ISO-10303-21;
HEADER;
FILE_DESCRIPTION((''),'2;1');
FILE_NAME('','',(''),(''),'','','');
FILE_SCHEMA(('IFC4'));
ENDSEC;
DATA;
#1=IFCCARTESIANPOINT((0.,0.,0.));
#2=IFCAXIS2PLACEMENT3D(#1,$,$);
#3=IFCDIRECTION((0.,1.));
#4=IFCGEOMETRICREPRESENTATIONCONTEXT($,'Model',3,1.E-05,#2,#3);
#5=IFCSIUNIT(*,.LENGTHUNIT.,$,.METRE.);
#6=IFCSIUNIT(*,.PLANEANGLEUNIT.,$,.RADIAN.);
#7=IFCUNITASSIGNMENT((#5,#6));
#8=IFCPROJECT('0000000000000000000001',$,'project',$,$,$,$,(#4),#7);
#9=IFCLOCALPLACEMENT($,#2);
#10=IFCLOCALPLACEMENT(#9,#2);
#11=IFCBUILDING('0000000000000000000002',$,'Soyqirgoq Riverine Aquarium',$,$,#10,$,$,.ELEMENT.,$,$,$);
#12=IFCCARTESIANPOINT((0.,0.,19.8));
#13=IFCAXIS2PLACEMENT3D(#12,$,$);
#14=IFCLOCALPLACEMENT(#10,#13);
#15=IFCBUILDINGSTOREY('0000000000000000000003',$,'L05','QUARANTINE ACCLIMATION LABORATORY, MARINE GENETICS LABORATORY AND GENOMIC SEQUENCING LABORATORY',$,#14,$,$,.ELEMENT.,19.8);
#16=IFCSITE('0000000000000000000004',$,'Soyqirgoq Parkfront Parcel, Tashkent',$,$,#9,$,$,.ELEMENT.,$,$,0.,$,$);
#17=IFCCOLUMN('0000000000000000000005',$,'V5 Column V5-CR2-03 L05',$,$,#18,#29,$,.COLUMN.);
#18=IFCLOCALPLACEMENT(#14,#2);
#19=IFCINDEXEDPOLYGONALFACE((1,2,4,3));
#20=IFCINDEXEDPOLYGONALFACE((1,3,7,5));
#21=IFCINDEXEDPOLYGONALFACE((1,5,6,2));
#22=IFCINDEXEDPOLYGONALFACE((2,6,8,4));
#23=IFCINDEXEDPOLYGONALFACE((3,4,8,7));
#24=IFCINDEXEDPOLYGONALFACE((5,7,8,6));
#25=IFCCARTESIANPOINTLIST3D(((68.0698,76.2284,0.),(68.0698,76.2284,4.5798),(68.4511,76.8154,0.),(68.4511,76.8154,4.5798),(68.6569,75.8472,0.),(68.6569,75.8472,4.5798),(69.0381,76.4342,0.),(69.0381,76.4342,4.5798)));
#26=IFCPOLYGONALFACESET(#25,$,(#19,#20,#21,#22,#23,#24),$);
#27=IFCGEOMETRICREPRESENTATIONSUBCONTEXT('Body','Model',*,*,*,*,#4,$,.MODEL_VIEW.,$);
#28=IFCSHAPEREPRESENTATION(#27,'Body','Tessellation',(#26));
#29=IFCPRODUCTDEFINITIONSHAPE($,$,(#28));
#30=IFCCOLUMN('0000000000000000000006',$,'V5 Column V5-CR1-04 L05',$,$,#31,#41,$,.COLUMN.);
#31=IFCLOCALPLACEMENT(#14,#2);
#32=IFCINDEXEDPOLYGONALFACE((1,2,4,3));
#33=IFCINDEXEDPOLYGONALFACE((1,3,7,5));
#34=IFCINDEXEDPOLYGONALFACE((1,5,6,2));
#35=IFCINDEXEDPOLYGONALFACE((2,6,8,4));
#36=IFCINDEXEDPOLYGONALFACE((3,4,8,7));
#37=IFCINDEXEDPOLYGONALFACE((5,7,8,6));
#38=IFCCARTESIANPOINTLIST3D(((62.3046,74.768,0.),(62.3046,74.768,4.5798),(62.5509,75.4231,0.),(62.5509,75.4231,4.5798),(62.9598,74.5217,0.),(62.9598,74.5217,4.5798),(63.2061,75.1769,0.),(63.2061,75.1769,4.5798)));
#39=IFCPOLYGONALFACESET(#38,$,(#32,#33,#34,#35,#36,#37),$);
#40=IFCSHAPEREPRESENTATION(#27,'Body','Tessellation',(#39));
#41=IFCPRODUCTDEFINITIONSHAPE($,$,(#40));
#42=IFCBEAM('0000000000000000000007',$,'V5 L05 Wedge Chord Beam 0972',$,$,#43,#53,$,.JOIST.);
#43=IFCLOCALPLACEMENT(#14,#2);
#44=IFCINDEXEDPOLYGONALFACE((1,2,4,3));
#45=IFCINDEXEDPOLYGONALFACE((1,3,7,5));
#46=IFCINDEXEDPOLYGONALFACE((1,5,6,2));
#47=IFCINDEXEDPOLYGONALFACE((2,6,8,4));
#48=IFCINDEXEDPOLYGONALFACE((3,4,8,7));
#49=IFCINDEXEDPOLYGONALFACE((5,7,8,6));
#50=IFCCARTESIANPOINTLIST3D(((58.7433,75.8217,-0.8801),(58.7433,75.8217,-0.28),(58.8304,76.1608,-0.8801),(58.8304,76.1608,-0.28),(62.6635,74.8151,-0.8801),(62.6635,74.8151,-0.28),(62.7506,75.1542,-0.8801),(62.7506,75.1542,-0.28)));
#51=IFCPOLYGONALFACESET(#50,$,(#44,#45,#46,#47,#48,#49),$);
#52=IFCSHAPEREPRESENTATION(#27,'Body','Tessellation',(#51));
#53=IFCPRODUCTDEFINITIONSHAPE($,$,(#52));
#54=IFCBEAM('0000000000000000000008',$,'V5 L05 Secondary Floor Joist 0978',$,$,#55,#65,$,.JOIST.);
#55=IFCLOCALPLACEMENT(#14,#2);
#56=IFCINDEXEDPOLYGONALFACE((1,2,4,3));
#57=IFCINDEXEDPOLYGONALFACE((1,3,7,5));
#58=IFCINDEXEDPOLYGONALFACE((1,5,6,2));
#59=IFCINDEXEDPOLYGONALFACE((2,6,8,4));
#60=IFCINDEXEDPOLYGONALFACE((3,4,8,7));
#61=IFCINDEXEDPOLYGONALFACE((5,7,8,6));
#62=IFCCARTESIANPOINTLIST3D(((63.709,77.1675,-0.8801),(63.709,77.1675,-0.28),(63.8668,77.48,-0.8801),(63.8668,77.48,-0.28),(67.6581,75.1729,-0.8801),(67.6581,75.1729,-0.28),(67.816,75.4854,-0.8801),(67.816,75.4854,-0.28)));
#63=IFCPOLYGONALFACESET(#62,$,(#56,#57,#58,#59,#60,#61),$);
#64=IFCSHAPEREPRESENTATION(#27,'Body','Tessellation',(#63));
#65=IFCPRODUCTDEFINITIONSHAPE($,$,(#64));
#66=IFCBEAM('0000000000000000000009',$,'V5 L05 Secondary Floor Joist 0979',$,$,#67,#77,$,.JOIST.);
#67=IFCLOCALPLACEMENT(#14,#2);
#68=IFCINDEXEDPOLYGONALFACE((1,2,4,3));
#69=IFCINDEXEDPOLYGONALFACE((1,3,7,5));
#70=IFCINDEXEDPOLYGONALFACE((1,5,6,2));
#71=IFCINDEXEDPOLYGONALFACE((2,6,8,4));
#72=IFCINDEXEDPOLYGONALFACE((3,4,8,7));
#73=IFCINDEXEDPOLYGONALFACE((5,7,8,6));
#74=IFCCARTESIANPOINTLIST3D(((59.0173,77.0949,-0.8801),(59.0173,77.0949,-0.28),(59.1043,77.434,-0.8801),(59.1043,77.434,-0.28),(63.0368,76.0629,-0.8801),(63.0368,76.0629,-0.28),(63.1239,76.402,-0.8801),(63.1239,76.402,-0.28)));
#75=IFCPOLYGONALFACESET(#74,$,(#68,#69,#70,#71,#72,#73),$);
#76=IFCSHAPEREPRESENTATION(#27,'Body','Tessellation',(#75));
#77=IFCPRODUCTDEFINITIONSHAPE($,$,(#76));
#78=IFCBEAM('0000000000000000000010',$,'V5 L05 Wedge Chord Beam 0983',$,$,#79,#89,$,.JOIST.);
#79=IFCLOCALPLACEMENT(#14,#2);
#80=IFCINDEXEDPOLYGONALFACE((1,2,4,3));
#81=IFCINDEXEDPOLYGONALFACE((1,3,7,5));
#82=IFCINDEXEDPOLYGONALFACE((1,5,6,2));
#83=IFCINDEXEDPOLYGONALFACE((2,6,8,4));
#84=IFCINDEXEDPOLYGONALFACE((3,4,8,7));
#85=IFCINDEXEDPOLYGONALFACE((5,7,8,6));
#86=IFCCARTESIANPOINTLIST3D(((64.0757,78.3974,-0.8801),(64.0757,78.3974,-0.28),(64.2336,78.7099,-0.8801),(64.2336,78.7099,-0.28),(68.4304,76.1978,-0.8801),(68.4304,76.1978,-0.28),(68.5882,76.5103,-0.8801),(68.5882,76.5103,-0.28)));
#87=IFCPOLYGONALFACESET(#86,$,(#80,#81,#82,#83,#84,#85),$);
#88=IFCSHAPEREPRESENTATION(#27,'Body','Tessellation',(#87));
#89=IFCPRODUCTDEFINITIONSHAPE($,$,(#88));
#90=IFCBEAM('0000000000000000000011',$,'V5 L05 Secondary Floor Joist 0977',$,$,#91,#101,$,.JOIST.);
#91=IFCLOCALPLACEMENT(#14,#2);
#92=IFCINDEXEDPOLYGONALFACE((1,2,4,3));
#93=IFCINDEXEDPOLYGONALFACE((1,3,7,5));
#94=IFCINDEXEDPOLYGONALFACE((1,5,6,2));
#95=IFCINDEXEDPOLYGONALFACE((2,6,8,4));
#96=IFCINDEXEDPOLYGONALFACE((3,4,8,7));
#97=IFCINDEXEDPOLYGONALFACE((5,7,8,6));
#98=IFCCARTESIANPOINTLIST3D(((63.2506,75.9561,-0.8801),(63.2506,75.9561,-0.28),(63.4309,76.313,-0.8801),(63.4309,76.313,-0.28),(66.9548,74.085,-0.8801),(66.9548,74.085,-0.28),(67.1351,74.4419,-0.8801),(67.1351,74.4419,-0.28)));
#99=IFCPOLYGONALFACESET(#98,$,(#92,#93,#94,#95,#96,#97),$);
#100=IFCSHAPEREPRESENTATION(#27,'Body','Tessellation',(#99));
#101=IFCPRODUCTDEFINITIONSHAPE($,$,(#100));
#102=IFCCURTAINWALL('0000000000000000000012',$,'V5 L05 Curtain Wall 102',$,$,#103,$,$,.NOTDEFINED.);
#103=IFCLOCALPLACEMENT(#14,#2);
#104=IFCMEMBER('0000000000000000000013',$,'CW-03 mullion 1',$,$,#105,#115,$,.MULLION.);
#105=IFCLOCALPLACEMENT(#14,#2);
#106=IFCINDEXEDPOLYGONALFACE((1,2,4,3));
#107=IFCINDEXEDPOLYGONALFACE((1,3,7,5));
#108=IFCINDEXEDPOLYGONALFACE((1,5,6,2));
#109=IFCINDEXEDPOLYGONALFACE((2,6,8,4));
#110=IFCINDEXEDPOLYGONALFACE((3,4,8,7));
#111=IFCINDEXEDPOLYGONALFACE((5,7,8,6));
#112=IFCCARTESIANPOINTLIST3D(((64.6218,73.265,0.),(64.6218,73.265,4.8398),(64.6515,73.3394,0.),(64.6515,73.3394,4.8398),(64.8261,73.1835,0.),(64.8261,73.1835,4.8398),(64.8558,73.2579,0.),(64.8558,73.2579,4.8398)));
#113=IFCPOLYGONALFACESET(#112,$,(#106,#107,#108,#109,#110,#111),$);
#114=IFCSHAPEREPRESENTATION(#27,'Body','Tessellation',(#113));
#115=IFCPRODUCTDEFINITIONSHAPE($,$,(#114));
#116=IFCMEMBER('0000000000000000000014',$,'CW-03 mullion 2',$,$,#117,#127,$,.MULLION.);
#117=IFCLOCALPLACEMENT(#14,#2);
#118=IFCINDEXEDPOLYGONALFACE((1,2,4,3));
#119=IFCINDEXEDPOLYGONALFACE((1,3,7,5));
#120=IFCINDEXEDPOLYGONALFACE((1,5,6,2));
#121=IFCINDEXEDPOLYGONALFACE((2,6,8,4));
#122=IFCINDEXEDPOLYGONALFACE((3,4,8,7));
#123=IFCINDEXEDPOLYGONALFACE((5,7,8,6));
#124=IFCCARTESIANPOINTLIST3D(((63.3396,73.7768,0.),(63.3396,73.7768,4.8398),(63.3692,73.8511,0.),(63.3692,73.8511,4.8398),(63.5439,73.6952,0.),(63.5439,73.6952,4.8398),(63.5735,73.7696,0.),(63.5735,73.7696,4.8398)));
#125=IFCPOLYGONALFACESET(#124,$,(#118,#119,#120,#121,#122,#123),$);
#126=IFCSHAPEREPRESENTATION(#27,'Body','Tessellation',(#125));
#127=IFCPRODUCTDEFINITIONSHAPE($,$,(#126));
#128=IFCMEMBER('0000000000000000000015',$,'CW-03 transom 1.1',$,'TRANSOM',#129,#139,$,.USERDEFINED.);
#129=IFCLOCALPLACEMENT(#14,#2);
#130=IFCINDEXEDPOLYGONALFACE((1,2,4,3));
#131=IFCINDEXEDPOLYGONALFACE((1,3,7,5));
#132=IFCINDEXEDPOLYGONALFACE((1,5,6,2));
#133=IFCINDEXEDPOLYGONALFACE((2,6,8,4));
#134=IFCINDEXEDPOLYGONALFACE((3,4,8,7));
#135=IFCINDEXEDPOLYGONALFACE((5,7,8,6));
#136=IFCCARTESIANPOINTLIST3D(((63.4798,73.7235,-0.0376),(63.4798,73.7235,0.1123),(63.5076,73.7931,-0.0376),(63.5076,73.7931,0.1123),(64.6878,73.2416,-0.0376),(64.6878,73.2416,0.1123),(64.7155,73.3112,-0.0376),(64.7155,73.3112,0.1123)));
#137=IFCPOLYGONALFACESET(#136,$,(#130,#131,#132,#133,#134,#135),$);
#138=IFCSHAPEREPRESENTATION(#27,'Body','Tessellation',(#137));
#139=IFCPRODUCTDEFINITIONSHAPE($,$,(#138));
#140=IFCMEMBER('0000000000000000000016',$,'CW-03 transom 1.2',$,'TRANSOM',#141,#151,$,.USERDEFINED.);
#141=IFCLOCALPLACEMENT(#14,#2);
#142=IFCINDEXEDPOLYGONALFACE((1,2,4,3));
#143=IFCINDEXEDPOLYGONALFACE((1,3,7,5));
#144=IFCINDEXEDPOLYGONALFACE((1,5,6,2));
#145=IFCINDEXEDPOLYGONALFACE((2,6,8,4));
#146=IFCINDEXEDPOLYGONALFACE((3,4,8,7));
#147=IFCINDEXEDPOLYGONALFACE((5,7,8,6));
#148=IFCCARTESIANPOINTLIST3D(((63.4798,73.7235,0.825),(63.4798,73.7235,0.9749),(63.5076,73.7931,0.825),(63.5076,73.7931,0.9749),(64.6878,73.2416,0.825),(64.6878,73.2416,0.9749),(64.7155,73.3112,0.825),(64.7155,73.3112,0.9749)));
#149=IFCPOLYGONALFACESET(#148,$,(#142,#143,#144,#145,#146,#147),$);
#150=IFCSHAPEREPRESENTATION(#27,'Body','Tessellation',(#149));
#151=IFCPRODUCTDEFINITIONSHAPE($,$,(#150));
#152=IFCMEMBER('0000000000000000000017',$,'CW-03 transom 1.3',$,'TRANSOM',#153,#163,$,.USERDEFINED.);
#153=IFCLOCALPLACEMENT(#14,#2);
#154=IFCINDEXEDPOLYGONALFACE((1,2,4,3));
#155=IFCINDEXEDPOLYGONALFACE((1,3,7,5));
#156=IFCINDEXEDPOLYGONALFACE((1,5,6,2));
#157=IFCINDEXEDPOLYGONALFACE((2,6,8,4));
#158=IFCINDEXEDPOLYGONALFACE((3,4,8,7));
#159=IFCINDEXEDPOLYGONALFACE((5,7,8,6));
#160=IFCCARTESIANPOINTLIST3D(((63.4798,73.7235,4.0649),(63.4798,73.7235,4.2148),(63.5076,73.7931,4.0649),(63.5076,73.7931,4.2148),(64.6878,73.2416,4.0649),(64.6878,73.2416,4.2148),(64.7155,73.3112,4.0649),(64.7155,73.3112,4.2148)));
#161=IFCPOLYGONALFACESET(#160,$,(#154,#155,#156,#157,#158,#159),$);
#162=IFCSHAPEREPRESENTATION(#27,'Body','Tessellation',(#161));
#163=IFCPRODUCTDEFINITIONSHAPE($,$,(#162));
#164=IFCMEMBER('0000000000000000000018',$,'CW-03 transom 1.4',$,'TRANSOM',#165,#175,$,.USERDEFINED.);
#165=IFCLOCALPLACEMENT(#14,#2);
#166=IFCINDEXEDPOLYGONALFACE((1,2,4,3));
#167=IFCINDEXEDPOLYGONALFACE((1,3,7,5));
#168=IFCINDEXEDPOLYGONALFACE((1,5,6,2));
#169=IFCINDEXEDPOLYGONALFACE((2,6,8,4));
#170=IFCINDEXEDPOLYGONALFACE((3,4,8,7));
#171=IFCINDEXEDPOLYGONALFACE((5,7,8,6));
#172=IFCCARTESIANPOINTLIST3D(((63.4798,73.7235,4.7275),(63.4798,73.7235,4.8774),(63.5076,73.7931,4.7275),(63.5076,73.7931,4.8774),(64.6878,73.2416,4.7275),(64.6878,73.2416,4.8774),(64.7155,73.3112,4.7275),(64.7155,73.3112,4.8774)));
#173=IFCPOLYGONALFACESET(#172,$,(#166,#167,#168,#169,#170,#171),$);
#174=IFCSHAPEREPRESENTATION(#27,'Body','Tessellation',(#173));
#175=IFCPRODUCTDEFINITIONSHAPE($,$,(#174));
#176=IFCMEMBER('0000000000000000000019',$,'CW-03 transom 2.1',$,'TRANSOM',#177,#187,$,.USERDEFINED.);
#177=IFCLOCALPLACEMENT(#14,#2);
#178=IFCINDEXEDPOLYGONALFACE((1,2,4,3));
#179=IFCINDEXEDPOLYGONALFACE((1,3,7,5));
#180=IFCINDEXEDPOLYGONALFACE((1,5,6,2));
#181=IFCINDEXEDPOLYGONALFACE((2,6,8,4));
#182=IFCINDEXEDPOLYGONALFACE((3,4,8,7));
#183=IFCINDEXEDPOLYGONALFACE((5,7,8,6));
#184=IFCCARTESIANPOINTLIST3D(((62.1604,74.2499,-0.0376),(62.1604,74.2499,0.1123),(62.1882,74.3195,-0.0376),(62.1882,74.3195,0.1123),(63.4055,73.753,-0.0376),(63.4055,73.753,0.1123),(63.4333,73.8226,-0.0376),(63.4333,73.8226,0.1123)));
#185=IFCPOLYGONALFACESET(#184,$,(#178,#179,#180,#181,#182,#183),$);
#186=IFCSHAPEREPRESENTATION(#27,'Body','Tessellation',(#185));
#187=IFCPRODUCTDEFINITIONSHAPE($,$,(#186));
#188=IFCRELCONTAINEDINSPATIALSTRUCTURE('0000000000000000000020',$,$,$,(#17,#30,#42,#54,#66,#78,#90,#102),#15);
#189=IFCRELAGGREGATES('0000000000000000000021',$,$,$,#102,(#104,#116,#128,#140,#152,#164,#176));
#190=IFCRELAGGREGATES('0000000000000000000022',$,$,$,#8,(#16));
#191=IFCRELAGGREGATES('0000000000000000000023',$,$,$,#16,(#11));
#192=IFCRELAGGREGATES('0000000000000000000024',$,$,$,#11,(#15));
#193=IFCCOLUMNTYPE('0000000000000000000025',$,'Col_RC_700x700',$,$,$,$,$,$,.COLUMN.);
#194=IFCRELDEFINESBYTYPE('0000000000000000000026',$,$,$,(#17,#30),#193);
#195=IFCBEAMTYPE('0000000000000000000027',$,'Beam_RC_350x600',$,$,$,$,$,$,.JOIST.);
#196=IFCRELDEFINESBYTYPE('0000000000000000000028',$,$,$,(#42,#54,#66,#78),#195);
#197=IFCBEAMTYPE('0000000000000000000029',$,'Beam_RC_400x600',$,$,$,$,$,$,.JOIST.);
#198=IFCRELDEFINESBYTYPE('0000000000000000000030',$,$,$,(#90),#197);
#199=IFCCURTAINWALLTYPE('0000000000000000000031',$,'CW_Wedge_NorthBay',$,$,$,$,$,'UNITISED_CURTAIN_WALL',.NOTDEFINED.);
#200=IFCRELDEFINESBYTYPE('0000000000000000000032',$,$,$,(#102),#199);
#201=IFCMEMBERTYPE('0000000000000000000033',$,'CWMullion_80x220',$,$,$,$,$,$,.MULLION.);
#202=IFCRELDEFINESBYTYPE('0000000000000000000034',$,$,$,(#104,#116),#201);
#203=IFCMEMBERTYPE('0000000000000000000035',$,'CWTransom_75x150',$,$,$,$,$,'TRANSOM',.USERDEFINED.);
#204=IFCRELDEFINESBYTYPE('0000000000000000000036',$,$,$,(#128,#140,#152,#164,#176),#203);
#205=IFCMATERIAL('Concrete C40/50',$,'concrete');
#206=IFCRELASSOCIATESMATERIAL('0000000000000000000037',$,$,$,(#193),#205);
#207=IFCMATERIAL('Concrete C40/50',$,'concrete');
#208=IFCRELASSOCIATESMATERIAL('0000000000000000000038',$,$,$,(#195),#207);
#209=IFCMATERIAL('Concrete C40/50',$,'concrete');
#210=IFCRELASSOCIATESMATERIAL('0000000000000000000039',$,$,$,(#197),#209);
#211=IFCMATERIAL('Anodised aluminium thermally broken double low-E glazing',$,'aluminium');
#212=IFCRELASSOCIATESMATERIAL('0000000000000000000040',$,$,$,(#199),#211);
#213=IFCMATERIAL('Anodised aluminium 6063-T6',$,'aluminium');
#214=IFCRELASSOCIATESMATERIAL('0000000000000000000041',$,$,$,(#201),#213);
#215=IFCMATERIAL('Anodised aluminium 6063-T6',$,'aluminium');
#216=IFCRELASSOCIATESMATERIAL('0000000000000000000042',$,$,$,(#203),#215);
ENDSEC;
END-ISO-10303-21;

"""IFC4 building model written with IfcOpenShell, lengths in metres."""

from ifc_helpers import new_model, si_unit, direction, frame, origin, origin_2d, place, context, subcontext, project, spatial, rectangle, extrude, material, material_profile, profile_set, type_object, element, aggregate, save


model = new_model("IFC4")

# Units and contexts
model_context = context("Model", 3, precision=1e-05, world=origin(), true_north=direction((0.0, 1.0)))
body_context = subcontext(model_context, "Body", "Model", "MODEL_VIEW")
ifc_project = project(units=[si_unit("LENGTHUNIT", "METRE"), si_unit("PLANEANGLEUNIT", "RADIAN")], contexts=[model_context])

# Site, building, storey
site_placement = place(None, origin())
site = spatial("IfcSite", under=ifc_project, at=site_placement, Name="Soyqirgoq Parkfront Parcel, Tashkent", CompositionType="ELEMENT", RefElevation=0.0)
building_placement = place(site_placement, origin())
building = spatial("IfcBuilding", under=site, at=building_placement, Name="Soyqirgoq Riverine Aquarium", CompositionType="ELEMENT")
storey_placement = place(building_placement, frame((0.0, 0.0, 19.8)))
storey = spatial("IfcBuildingStorey", under=building, at=storey_placement, Name="L05", Description="QUARANTINE ACCLIMATION LABORATORY, MARINE GENETICS LABORATORY AND GENOMIC SEQUENCING LABORATORY", CompositionType="ELEMENT", Elevation=19.8)

# Columns
ifc_material_1 = material(Name="Concrete C40/50", Category="concrete")
ifc_material_profile_1 = material_profile(ifc_material_1, rectangle(XDim=0.7, YDim=0.7, at=origin_2d()), Name="RC 700x700")
ifc_profile_set_1 = profile_set([ifc_material_profile_1], Name="Concrete C40/50")
column_type = type_object("IfcColumnType", Name="Col_RC_700x700", PredefinedType="COLUMN", material=ifc_profile_set_1)
for number, where, z_axis, x_axis, name in (
    (1, (68.554, 76.3313, 0.0), (0.0, 0.0, 1.0), (0.544639, 0.838671, 0.0), "V5 Column V5-CR2-03 L05"),
    (2, (62.7554, 74.9724, 0.0), (0.0, 0.0, 1.0), (0.351842, 0.93606, 0.0), "V5 Column V5-CR1-04 L05"),
):
    element("IfcColumn", number, at=place(storey_placement, frame(where, z_axis=z_axis, x_axis=x_axis)), inside=storey, type_object=column_type, Name=name, PredefinedType="COLUMN", context=body_context, shape_type="SweptSolid", body=[
        extrude(rectangle(XDim=0.7, YDim=0.7, at=origin_2d()), origin(), (0.0, 0.0, 1.0), 4.5798),
    ])

# Beams
ifc_material_2 = material(Name="Concrete C40/50", Category="concrete")
ifc_material_profile_2 = material_profile(ifc_material_2, rectangle(XDim=0.3501, YDim=0.6001, at=origin_2d()), Name="RC 350x600")
ifc_profile_set_2 = profile_set([ifc_material_profile_2], Name="Concrete C40/50")
beam_type_1 = type_object("IfcBeamType", Name="Beam_RC_350x600", PredefinedType="JOIST", material=ifc_profile_set_2)
beam_1_placement = place(storey_placement, frame((62.707, 74.9846, -0.5801), z_axis=(-0.968579, 0.248705, 0.0), x_axis=(-0.248705, -0.968579, 0.0)))
element("IfcBeam", 3, at=beam_1_placement, inside=storey, type_object=beam_type_1, Name="V5 L05 Wedge Chord Beam 0972", PredefinedType="JOIST", context=body_context, shape_type="SweptSolid", body=[
    extrude(rectangle(XDim=0.3501, YDim=0.6001, at=origin_2d()), origin(), (0.0, 0.0, 1.0), 4.0474),
])
beam_2_placement = place(storey_placement, frame((67.7371, 75.3291, -0.5801), z_axis=(-0.89261, 0.45083, 0.0), x_axis=(-0.45083, -0.89261, 0.0)))
element("IfcBeam", 4, at=beam_2_placement, inside=storey, type_object=beam_type_1, Name="V5 L05 Secondary Floor Joist 0978", PredefinedType="JOIST", context=body_context, shape_type="SweptSolid", body=[
    extrude(rectangle(XDim=0.3501, YDim=0.6001, at=origin_2d()), origin(), (0.0, 0.0, 1.0), 4.4243),
])
beam_3_placement = place(storey_placement, frame((63.0803, 76.2324, -0.5801), z_axis=(-0.968587, 0.248677, 0.0), x_axis=(-0.248677, -0.968587, 0.0)))
element("IfcBeam", 5, at=beam_3_placement, inside=storey, type_object=beam_type_1, Name="V5 L05 Secondary Floor Joist 0979", PredefinedType="JOIST", context=body_context, shape_type="SweptSolid", body=[
    extrude(rectangle(XDim=0.3501, YDim=0.6001, at=origin_2d()), origin(), (0.0, 0.0, 1.0), 4.1499),
])
beam_4_placement = place(storey_placement, frame((68.5093, 76.354, -0.5801), z_axis=(-0.892588, 0.450873, 0.0), x_axis=(-0.450873, -0.892588, 0.0)))
element("IfcBeam", 6, at=beam_4_placement, inside=storey, type_object=beam_type_1, Name="V5 L05 Wedge Chord Beam 0983", PredefinedType="JOIST", context=body_context, shape_type="SweptSolid", body=[
    extrude(rectangle(XDim=0.3501, YDim=0.6001, at=origin_2d()), origin(), (0.0, 0.0, 1.0), 4.8787),
])
ifc_material_3 = material(Name="Concrete C40/50", Category="concrete")
ifc_material_profile_3 = material_profile(ifc_material_3, rectangle(XDim=0.3999, YDim=0.6001, at=origin_2d()), Name="RC 400x600")
ifc_profile_set_3 = profile_set([ifc_material_profile_3], Name="Concrete C40/50")
beam_type_2 = type_object("IfcBeamType", Name="Beam_RC_400x600", PredefinedType="JOIST", material=ifc_profile_set_3)
beam_5_placement = place(storey_placement, frame((67.0449, 74.2634, -0.5801), z_axis=(-0.892584, 0.450881, 0.0), x_axis=(-0.450881, -0.892584, 0.0)))
element("IfcBeam", 7, at=beam_5_placement, inside=storey, type_object=beam_type_2, Name="V5 L05 Secondary Floor Joist 0977", PredefinedType="JOIST", context=body_context, shape_type="SweptSolid", body=[
    extrude(rectangle(XDim=0.3999, YDim=0.6001, at=origin_2d()), origin(), (0.0, 0.0, 1.0), 4.1499),
])

# Curtain wall, members
ifc_material_4 = material(Name="Anodised aluminium thermally broken double low-E glazing", Category="aluminium")
curtain_wall_type = type_object("IfcCurtainWallType", Name="CW_Wedge_NorthBay", ElementType="UNITISED_CURTAIN_WALL", PredefinedType="NOTDEFINED", material=ifc_material_4)
curtain_wall_placement = place(storey_placement, origin())
curtain_wall = element("IfcCurtainWall", 8, at=curtain_wall_placement, inside=storey, type_object=curtain_wall_type, Name="V5 L05 Curtain Wall 102", PredefinedType="NOTDEFINED")
ifc_material_5 = material(Name="Anodised aluminium 6063-T6", Category="aluminium")
ifc_material_profile_4 = material_profile(ifc_material_5, rectangle(XDim=0.0801, YDim=0.22, at=origin_2d()), Name="ALU-M 80x220")
ifc_profile_set_4 = profile_set([ifc_material_profile_4], Name="Anodised aluminium 6063-T6")
member_type_1 = type_object("IfcMemberType", Name="CWMullion_80x220", PredefinedType="MULLION", material=ifc_profile_set_4)
member_1_placement = place(storey_placement, frame((64.7388, 73.2615, 0.0), z_axis=(0.0, 0.0, 1.0), x_axis=(-0.370569, -0.928805, 0.0)))
member_1 = element("IfcMember", 9, at=member_1_placement, type_object=member_type_1, Name="CW-03 mullion 1", PredefinedType="MULLION", context=body_context, shape_type="SweptSolid", body=[
    extrude(rectangle(XDim=0.0801, YDim=0.22, at=origin_2d()), origin(), (0.0, 0.0, 1.0), 4.8398),
])
member_2_placement = place(storey_placement, frame((63.4565, 73.7732, 0.0), z_axis=(0.0, 0.0, 1.0), x_axis=(-0.370569, -0.928805, 0.0)))
member_2 = element("IfcMember", 10, at=member_2_placement, type_object=member_type_1, Name="CW-03 mullion 2", PredefinedType="MULLION", context=body_context, shape_type="SweptSolid", body=[
    extrude(rectangle(XDim=0.0801, YDim=0.22, at=origin_2d()), origin(), (0.0, 0.0, 1.0), 4.8398),
])
ifc_material_6 = material(Name="Anodised aluminium 6063-T6", Category="aluminium")
ifc_material_profile_5 = material_profile(ifc_material_6, rectangle(XDim=0.075, YDim=0.1499, at=origin_2d()), Name="ALU-T 75x150")
ifc_profile_set_5 = profile_set([ifc_material_profile_5], Name="Anodised aluminium 6063-T6")
member_type_2 = type_object("IfcMemberType", Name="CWTransom_75x150", ElementType="TRANSOM", PredefinedType="USERDEFINED", material=ifc_profile_set_5)
member_3_placement = place(storey_placement, frame((64.7017, 73.2764, 0.0374), z_axis=(-0.928813, 0.370549, 0.0), x_axis=(-0.370549, -0.928813, 0.0)))
member_3 = element("IfcMember", 11, at=member_3_placement, type_object=member_type_2, Name="CW-03 transom 1.1", ObjectType="TRANSOM", PredefinedType="USERDEFINED", context=body_context, shape_type="SweptSolid", body=[
    extrude(rectangle(XDim=0.075, YDim=0.1499, at=origin_2d()), origin(), (0.0, 0.0, 1.0), 1.3005),
])
member_4_placement = place(storey_placement, frame((64.7017, 73.2764, 0.8999), z_axis=(-0.928813, 0.370549, 0.0), x_axis=(-0.370549, -0.928813, 0.0)))
member_4 = element("IfcMember", 12, at=member_4_placement, type_object=member_type_2, Name="CW-03 transom 1.2", ObjectType="TRANSOM", PredefinedType="USERDEFINED", context=body_context, shape_type="SweptSolid", body=[
    extrude(rectangle(XDim=0.075, YDim=0.1499, at=origin_2d()), origin(), (0.0, 0.0, 1.0), 1.3005),
])
member_5_placement = place(storey_placement, frame((64.7017, 73.2764, 4.1399), z_axis=(-0.928813, 0.370549, 0.0), x_axis=(-0.370549, -0.928813, 0.0)))
member_5 = element("IfcMember", 13, at=member_5_placement, type_object=member_type_2, Name="CW-03 transom 1.3", ObjectType="TRANSOM", PredefinedType="USERDEFINED", context=body_context, shape_type="SweptSolid", body=[
    extrude(rectangle(XDim=0.075, YDim=0.1499, at=origin_2d()), origin(), (0.0, 0.0, 1.0), 1.3005),
])
member_6_placement = place(storey_placement, frame((64.7017, 73.2764, 4.8025), z_axis=(-0.928813, 0.370549, 0.0), x_axis=(-0.370549, -0.928813, 0.0)))
member_6 = element("IfcMember", 14, at=member_6_placement, type_object=member_type_2, Name="CW-03 transom 1.4", ObjectType="TRANSOM", PredefinedType="USERDEFINED", context=body_context, shape_type="SweptSolid", body=[
    extrude(rectangle(XDim=0.075, YDim=0.1499, at=origin_2d()), origin(), (0.0, 0.0, 1.0), 1.3005),
])
member_7_placement = place(storey_placement, frame((63.4194, 73.7878, 0.0374), z_axis=(-0.92879, 0.370606, 0.0), x_axis=(-0.370606, -0.92879, 0.0)))
member_7 = element("IfcMember", 15, at=member_7_placement, type_object=member_type_2, Name="CW-03 transom 2.1", ObjectType="TRANSOM", PredefinedType="USERDEFINED", context=body_context, shape_type="SweptSolid", body=[
    extrude(rectangle(XDim=0.075, YDim=0.1499, at=origin_2d()), origin(), (0.0, 0.0, 1.0), 1.3406),
])

aggregate(curtain_wall, [member_1, member_2, member_3, member_4, member_5, member_6, member_7])

save(model, "model.ifc")
